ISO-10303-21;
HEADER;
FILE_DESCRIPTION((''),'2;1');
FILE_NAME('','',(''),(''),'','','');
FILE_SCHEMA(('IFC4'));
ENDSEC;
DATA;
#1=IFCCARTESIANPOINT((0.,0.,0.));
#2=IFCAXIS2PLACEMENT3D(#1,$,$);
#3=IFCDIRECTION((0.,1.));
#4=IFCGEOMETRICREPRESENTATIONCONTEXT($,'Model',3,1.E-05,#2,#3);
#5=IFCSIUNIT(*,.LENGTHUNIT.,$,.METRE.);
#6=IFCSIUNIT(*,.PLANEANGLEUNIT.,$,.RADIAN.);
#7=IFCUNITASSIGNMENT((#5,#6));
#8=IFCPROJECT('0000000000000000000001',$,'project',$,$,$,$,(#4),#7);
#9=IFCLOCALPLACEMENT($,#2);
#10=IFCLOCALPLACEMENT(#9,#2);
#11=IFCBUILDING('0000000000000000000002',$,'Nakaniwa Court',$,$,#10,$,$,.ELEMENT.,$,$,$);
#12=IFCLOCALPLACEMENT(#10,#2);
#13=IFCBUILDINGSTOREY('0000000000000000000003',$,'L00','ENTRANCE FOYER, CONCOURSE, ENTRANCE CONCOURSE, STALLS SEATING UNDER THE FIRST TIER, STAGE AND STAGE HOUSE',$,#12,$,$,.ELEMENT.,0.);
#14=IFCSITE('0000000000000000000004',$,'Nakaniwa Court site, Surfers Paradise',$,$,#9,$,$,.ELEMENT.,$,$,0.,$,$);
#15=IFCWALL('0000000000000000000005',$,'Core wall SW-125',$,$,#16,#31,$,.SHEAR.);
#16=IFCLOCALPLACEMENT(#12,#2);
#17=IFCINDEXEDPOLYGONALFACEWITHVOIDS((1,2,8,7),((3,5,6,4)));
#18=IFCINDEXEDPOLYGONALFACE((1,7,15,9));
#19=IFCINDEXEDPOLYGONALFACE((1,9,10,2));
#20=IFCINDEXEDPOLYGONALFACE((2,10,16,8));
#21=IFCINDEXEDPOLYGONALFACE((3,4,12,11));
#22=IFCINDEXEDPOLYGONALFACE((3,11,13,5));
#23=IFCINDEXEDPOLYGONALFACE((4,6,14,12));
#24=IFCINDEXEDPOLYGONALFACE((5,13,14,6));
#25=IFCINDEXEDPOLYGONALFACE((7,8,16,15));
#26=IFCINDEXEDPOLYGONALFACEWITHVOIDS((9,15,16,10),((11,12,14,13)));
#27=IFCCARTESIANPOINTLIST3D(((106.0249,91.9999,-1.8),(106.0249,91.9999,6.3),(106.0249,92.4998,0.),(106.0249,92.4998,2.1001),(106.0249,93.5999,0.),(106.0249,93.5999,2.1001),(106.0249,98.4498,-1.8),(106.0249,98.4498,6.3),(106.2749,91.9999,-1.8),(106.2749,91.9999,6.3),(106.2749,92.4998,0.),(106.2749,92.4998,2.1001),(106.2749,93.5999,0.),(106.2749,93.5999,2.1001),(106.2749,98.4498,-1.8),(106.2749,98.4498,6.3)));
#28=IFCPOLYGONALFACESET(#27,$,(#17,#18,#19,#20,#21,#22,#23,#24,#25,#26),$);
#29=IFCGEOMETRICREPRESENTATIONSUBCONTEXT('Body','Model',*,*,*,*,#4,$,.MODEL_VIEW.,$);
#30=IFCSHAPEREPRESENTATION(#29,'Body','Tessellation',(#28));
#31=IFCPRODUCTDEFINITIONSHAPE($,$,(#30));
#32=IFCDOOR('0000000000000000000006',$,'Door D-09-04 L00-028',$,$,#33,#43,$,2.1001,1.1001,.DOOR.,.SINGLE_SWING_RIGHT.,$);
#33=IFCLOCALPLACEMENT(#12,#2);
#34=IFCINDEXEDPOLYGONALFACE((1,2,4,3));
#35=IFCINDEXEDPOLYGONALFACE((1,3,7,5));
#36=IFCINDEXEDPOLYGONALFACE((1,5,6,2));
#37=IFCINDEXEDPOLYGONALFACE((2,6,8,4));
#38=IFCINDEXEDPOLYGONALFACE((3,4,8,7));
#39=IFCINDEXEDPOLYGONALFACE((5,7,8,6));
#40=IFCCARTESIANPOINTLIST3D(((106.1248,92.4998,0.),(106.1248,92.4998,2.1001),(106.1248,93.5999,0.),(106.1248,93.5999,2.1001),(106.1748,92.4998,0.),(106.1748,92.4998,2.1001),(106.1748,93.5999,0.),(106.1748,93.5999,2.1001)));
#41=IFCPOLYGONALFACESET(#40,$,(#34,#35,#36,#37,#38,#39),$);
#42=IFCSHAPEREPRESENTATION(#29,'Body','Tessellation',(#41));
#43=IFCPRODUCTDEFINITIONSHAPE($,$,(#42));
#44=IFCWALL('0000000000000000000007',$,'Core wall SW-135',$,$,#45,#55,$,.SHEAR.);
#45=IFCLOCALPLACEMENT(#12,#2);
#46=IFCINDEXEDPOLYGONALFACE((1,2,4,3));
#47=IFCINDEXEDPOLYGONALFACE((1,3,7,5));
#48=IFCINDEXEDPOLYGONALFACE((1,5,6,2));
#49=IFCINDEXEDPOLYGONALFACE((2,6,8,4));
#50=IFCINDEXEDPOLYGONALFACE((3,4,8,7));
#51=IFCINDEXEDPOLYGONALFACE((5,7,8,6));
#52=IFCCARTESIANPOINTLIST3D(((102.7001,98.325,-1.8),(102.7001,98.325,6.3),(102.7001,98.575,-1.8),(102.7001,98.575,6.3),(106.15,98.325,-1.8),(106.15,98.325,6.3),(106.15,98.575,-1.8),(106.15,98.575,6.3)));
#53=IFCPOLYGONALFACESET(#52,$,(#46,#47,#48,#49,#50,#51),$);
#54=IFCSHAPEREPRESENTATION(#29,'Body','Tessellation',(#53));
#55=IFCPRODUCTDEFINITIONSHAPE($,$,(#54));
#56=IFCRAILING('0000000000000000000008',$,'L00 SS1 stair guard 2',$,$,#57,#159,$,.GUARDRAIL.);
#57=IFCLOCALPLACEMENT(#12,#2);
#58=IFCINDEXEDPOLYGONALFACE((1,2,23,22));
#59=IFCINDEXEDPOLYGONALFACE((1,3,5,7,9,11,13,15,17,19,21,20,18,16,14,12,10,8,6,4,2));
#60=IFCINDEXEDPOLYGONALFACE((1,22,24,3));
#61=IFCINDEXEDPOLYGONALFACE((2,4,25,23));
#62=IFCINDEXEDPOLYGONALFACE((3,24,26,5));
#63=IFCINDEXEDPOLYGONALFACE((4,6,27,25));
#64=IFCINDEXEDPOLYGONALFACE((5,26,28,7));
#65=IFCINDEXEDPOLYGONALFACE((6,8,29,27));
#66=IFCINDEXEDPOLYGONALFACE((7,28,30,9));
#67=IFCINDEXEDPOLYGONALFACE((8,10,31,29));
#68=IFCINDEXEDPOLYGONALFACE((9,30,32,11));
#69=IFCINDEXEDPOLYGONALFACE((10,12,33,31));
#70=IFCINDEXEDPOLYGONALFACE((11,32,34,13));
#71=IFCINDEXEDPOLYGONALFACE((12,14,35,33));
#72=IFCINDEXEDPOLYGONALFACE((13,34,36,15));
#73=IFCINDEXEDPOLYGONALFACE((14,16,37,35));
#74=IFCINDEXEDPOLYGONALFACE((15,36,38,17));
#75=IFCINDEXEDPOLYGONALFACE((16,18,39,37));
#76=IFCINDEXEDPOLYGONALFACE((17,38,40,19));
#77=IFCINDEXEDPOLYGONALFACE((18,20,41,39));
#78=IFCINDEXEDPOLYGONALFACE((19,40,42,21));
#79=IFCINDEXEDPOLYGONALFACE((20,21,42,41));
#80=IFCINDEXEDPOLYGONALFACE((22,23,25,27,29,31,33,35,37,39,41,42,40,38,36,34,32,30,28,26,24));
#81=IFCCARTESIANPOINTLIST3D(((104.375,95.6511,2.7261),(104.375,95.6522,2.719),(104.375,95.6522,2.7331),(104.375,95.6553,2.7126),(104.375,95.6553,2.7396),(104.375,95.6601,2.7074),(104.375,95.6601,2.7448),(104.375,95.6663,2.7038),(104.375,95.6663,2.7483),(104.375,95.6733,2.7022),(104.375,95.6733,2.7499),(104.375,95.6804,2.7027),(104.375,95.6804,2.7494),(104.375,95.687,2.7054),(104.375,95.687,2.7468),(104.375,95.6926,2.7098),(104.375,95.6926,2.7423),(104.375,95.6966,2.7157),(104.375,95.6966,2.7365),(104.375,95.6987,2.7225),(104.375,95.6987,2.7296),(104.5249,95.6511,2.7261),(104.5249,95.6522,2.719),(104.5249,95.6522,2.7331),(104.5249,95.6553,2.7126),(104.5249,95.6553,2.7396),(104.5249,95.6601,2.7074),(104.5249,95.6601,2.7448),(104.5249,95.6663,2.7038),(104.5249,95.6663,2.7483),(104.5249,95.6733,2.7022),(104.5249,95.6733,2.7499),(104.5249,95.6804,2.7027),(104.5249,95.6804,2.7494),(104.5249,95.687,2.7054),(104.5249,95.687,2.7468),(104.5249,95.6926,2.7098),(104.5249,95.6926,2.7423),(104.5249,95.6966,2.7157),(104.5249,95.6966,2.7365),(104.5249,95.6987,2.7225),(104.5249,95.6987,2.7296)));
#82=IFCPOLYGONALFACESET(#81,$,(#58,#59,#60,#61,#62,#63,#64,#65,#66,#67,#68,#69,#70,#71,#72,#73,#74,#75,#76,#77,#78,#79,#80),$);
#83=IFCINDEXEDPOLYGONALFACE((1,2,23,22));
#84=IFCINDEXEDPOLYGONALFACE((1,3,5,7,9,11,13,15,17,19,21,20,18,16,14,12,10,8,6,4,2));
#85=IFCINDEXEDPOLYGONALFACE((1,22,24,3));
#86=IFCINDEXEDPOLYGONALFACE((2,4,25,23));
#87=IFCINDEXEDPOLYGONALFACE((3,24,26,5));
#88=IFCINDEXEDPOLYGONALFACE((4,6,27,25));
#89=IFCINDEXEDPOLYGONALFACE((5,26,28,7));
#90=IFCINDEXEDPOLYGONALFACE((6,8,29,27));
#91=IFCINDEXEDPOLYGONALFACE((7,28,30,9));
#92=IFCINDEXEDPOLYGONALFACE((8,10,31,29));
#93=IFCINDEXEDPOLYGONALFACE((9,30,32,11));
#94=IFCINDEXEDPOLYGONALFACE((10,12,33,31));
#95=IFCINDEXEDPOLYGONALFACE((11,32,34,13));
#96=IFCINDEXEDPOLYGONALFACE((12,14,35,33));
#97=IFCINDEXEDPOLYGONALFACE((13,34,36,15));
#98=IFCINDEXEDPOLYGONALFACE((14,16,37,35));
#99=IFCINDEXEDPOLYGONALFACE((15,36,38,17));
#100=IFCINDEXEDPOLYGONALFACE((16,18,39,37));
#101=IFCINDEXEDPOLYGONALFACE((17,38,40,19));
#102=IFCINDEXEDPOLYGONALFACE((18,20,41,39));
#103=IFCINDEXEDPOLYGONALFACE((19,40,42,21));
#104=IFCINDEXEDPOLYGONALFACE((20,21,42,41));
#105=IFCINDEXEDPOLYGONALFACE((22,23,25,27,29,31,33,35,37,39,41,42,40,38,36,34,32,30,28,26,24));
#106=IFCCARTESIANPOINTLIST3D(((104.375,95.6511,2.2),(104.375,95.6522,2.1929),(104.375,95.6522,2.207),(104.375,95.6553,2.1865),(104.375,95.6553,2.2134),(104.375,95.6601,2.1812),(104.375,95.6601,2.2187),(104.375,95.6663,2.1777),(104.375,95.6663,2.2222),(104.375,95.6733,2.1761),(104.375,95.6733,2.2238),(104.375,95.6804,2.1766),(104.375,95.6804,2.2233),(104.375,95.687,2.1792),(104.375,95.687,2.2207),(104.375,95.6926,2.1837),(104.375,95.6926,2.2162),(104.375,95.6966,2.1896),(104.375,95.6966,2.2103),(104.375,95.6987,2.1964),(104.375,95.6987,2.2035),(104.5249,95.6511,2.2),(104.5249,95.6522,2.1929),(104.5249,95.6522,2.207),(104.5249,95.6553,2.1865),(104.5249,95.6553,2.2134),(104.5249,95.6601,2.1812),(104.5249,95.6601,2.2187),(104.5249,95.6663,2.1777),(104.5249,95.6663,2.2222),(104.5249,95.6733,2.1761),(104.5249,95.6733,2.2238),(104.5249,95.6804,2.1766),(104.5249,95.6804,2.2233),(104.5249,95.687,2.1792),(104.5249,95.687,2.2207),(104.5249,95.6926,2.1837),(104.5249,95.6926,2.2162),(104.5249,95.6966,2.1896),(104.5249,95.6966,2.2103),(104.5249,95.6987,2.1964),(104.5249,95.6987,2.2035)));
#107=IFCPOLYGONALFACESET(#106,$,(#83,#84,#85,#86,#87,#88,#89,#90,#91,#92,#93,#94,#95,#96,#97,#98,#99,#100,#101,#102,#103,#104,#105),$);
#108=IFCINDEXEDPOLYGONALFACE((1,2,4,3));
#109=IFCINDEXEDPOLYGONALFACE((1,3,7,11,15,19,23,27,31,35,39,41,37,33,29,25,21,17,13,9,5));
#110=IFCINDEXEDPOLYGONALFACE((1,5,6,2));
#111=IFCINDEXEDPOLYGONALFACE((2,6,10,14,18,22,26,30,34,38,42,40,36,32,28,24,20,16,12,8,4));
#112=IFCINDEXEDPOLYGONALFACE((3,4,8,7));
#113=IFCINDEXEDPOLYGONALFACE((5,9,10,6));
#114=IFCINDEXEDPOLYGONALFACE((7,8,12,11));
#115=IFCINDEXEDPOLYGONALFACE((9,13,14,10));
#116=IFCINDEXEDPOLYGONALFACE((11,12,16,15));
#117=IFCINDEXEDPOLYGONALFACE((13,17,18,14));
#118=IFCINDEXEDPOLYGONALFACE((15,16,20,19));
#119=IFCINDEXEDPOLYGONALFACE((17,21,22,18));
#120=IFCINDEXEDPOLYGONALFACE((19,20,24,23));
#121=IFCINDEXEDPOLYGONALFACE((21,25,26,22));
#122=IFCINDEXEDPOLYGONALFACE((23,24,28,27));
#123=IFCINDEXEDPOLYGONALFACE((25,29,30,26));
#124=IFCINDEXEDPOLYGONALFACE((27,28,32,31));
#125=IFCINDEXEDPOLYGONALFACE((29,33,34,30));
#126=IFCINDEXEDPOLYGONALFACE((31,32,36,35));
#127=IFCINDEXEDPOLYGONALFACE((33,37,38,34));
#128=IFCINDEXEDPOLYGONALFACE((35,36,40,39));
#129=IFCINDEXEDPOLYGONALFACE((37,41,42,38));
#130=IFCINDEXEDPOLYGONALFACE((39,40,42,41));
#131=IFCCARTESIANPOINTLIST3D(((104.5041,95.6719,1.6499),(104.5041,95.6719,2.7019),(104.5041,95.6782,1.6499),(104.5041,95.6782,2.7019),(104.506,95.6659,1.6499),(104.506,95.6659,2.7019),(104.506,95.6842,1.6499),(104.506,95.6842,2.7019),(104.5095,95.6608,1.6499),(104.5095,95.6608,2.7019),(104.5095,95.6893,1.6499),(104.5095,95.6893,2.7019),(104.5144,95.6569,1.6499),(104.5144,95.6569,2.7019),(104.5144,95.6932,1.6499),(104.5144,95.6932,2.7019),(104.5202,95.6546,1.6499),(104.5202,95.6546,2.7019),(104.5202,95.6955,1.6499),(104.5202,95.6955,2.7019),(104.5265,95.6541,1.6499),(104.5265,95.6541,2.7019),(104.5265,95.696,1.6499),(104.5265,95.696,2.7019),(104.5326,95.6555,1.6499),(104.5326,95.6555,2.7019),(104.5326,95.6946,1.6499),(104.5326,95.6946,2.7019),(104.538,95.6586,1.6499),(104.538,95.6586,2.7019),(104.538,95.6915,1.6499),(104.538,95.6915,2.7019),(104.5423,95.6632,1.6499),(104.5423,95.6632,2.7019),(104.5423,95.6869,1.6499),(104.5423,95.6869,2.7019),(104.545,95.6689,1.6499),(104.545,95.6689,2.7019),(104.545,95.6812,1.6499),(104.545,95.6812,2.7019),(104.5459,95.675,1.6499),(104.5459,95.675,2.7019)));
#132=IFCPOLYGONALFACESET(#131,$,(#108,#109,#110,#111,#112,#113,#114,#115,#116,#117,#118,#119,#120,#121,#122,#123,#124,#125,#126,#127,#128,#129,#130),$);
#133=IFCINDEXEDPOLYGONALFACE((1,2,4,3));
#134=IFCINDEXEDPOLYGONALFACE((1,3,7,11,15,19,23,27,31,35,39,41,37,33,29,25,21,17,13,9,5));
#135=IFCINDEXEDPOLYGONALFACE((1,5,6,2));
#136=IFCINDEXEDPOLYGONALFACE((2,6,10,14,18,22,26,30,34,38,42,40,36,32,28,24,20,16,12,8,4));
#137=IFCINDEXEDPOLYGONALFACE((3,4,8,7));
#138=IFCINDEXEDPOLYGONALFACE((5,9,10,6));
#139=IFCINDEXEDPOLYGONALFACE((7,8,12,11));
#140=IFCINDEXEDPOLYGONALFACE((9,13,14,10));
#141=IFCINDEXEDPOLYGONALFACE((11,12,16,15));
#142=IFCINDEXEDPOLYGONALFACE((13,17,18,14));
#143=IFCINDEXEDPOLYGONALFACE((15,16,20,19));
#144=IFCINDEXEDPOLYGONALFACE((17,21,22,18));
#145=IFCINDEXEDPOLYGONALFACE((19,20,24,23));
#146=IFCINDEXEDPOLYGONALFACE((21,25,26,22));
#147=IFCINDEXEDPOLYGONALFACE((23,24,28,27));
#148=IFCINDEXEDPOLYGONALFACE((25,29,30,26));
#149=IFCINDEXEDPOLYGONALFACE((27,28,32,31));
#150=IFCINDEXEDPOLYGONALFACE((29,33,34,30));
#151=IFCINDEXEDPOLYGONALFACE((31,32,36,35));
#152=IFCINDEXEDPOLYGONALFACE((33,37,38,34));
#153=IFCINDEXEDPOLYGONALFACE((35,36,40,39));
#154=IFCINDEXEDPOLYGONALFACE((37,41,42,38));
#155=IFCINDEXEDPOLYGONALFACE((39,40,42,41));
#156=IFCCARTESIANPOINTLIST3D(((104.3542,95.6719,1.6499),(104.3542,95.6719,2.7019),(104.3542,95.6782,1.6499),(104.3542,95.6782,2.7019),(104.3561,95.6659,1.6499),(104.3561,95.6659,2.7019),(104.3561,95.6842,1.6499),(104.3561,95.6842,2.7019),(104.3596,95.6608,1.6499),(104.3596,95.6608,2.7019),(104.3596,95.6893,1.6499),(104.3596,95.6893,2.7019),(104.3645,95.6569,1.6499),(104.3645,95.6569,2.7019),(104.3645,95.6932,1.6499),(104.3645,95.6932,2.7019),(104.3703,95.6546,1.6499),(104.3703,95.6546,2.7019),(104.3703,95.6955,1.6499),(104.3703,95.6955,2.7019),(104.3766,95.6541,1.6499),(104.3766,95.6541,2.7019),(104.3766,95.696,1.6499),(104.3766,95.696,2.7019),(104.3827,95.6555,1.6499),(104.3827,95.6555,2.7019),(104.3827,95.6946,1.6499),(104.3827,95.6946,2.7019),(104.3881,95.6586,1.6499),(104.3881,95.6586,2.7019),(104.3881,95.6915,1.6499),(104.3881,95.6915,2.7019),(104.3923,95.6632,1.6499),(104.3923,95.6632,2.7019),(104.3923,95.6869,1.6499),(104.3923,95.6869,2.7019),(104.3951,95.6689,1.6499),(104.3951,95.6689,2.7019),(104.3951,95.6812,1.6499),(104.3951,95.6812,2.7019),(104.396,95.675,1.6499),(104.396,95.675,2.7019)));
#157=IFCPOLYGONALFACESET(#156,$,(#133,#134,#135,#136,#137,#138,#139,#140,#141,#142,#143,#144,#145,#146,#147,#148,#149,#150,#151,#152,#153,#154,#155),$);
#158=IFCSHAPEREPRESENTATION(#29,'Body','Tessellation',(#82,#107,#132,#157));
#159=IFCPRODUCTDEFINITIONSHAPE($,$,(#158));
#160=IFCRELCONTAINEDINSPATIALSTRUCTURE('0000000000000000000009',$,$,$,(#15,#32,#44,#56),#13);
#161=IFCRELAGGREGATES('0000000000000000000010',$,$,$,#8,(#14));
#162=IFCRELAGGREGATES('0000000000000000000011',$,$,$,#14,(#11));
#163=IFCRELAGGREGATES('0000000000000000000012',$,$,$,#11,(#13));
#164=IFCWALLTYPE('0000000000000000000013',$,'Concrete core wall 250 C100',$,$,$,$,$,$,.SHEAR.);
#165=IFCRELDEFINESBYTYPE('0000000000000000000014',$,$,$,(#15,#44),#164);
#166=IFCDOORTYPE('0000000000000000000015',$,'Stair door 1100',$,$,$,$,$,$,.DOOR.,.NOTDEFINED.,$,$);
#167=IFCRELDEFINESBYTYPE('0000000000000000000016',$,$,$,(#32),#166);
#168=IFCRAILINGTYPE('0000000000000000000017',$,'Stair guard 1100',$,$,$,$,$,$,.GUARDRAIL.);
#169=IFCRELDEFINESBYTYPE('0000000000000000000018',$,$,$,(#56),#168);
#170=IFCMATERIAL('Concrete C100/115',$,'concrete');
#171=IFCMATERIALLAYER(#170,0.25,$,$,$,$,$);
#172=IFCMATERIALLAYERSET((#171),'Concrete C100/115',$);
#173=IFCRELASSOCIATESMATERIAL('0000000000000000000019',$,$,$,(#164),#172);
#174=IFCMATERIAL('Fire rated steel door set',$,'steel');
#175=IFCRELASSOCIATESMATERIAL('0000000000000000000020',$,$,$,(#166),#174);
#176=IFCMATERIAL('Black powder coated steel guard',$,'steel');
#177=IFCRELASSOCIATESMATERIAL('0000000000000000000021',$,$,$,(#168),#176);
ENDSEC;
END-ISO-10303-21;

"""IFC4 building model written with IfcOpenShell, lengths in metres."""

from ifc_helpers import new_model, si_unit, direction, frame, frame_2d, origin, origin_2d, place, context, subcontext, project, spatial, rectangle, circle, extrude, material, layer, layer_set, type_object, element, fill, save


model = new_model("IFC4")

# Units and contexts
model_context = context("Model", 3, precision=1e-05, world=origin(), true_north=direction((0.0, 1.0)))
body_context = subcontext(model_context, "Body", "Model", "MODEL_VIEW")
ifc_project = project(units=[si_unit("LENGTHUNIT", "METRE"), si_unit("PLANEANGLEUNIT", "RADIAN")], contexts=[model_context])

# Site, building, storey
site_placement = place(None, origin())
site = spatial("IfcSite", under=ifc_project, at=site_placement, Name="Nakaniwa Court site, Surfers Paradise", CompositionType="ELEMENT", RefElevation=0.0)
building_placement = place(site_placement, origin())
building = spatial("IfcBuilding", under=site, at=building_placement, Name="Nakaniwa Court", CompositionType="ELEMENT")
storey_placement = place(building_placement, origin())
storey = spatial("IfcBuildingStorey", under=building, at=storey_placement, Name="L00", Description="ENTRANCE FOYER, CONCOURSE, ENTRANCE CONCOURSE, STALLS SEATING UNDER THE FIRST TIER, STAGE AND STAGE HOUSE", CompositionType="ELEMENT", Elevation=0.0)

# Shared definitions
ifc_material_1 = material(Name="Concrete C100/115", Category="concrete")

# Wall, opening, door
ifc_layer_1 = layer(ifc_material_1, 0.25)
ifc_layer_set_1 = layer_set([ifc_layer_1], Name="Concrete C100/115")
wall_type_1 = type_object("IfcWallType", Name="Concrete core wall 250 C100", PredefinedType="SHEAR", material=ifc_layer_set_1)
wall_1_placement = place(storey_placement, frame((106.1499, 98.45, -1.8), z_axis=(0.0, 0.0, 1.0), x_axis=(0.0, -1.0, 0.0)))
wall_1 = element("IfcWall", 1, at=wall_1_placement, inside=storey, type_object=wall_type_1, Name="Core wall SW-125", PredefinedType="SHEAR", context=body_context, shape_type="SweptSolid", body=[
    extrude(rectangle(XDim=6.45, YDim=0.25, at=frame_2d((3.2251, 0.0))), origin(), (0.0, 0.0, 1.0), 8.1001),
])
opening_1_placement = place(wall_1_placement, frame((4.8501, 0.0, 1.8)))
opening_1 = element("IfcOpeningElement", 2, at=opening_1_placement, cuts=wall_1, PredefinedType="OPENING", context=body_context, shape_type="SweptSolid", body=[
    extrude(rectangle(XDim=1.1001, YDim=2.1001, at=frame_2d((0.55, 1.05))), frame((0.0, 0.135, 0.0), z_axis=(0.0, -1.0, 0.0), x_axis=(1.0, 0.0, 0.0)), (0.0, 0.0, 1.0), 0.27),
])
ifc_material_2 = material(Name="Fire rated steel door set", Category="steel")
door_type_1 = type_object("IfcDoorType", Name="Stair door 1100", OperationType="NOTDEFINED", PredefinedType="DOOR", material=ifc_material_2)
door_1_placement = place(opening_1_placement, origin())
door_1 = element("IfcDoor", 3, at=door_1_placement, inside=storey, type_object=door_type_1, Name="Door D-09-04 L00-028", OperationType="SINGLE_SWING_RIGHT", OverallHeight=2.1001, OverallWidth=1.1001, PredefinedType="DOOR", context=body_context, shape_type="SweptSolid", body=[
    extrude(rectangle(XDim=1.1001, YDim=2.1001, at=frame_2d((0.55, 1.05))), frame((0.0, 0.0249, 0.0), z_axis=(0.0, -1.0, 0.0), x_axis=(1.0, 0.0, 0.0)), (0.0, 0.0, 1.0), 0.05),
])
fill(opening_1, door_1)

# Wall
wall_2_placement = place(storey_placement, frame((102.7, 98.45, -1.8), z_axis=(0.0, 0.0, 1.0), x_axis=(1.0, 0.0, 0.0)))
element("IfcWall", 4, at=wall_2_placement, inside=storey, type_object=wall_type_1, Name="Core wall SW-135", PredefinedType="SHEAR", context=body_context, shape_type="SweptSolid", body=[
    extrude(rectangle(XDim=3.45, YDim=0.25, at=frame_2d((1.7251, 0.0))), origin(), (0.0, 0.0, 1.0), 8.1001),
])

# Railing
ifc_material_3 = material(Name="Black powder coated steel guard", Category="steel")
railing_type = type_object("IfcRailingType", Name="Stair guard 1100", PredefinedType="GUARDRAIL", material=ifc_material_3)
railing_1_placement = place(storey_placement, frame((104.5249, 95.675, 1.6499)))
element("IfcRailing", 5, at=railing_1_placement, inside=storey, type_object=railing_type, Name="L00 SS1 stair guard 2", PredefinedType="GUARDRAIL", context=body_context, shape_type="SweptSolid", body=[
    extrude(circle(Radius=0.0239, at=origin_2d()), frame((0.0, 0.0, 1.0762), z_axis=(-1.0, 0.0, 0.0), x_axis=(0.0, -1.0, 0.0)), (0.0, 0.0, 1.0), 0.1499),
    extrude(circle(Radius=0.0239, at=origin_2d()), frame((0.0, 0.0, 0.55), z_axis=(-1.0, 0.0, 0.0), x_axis=(0.0, -1.0, 0.0)), (0.0, 0.0, 1.0), 0.1499),
    extrude(circle(Radius=0.021, at=origin_2d()), origin(), (0.0, 0.0, 1.0), 1.052),
    extrude(circle(Radius=0.021, at=origin_2d()), frame((-0.1499, 0.0, 0.0)), (0.0, 0.0, 1.0), 1.052),
])

save(model, "model.ifc")
